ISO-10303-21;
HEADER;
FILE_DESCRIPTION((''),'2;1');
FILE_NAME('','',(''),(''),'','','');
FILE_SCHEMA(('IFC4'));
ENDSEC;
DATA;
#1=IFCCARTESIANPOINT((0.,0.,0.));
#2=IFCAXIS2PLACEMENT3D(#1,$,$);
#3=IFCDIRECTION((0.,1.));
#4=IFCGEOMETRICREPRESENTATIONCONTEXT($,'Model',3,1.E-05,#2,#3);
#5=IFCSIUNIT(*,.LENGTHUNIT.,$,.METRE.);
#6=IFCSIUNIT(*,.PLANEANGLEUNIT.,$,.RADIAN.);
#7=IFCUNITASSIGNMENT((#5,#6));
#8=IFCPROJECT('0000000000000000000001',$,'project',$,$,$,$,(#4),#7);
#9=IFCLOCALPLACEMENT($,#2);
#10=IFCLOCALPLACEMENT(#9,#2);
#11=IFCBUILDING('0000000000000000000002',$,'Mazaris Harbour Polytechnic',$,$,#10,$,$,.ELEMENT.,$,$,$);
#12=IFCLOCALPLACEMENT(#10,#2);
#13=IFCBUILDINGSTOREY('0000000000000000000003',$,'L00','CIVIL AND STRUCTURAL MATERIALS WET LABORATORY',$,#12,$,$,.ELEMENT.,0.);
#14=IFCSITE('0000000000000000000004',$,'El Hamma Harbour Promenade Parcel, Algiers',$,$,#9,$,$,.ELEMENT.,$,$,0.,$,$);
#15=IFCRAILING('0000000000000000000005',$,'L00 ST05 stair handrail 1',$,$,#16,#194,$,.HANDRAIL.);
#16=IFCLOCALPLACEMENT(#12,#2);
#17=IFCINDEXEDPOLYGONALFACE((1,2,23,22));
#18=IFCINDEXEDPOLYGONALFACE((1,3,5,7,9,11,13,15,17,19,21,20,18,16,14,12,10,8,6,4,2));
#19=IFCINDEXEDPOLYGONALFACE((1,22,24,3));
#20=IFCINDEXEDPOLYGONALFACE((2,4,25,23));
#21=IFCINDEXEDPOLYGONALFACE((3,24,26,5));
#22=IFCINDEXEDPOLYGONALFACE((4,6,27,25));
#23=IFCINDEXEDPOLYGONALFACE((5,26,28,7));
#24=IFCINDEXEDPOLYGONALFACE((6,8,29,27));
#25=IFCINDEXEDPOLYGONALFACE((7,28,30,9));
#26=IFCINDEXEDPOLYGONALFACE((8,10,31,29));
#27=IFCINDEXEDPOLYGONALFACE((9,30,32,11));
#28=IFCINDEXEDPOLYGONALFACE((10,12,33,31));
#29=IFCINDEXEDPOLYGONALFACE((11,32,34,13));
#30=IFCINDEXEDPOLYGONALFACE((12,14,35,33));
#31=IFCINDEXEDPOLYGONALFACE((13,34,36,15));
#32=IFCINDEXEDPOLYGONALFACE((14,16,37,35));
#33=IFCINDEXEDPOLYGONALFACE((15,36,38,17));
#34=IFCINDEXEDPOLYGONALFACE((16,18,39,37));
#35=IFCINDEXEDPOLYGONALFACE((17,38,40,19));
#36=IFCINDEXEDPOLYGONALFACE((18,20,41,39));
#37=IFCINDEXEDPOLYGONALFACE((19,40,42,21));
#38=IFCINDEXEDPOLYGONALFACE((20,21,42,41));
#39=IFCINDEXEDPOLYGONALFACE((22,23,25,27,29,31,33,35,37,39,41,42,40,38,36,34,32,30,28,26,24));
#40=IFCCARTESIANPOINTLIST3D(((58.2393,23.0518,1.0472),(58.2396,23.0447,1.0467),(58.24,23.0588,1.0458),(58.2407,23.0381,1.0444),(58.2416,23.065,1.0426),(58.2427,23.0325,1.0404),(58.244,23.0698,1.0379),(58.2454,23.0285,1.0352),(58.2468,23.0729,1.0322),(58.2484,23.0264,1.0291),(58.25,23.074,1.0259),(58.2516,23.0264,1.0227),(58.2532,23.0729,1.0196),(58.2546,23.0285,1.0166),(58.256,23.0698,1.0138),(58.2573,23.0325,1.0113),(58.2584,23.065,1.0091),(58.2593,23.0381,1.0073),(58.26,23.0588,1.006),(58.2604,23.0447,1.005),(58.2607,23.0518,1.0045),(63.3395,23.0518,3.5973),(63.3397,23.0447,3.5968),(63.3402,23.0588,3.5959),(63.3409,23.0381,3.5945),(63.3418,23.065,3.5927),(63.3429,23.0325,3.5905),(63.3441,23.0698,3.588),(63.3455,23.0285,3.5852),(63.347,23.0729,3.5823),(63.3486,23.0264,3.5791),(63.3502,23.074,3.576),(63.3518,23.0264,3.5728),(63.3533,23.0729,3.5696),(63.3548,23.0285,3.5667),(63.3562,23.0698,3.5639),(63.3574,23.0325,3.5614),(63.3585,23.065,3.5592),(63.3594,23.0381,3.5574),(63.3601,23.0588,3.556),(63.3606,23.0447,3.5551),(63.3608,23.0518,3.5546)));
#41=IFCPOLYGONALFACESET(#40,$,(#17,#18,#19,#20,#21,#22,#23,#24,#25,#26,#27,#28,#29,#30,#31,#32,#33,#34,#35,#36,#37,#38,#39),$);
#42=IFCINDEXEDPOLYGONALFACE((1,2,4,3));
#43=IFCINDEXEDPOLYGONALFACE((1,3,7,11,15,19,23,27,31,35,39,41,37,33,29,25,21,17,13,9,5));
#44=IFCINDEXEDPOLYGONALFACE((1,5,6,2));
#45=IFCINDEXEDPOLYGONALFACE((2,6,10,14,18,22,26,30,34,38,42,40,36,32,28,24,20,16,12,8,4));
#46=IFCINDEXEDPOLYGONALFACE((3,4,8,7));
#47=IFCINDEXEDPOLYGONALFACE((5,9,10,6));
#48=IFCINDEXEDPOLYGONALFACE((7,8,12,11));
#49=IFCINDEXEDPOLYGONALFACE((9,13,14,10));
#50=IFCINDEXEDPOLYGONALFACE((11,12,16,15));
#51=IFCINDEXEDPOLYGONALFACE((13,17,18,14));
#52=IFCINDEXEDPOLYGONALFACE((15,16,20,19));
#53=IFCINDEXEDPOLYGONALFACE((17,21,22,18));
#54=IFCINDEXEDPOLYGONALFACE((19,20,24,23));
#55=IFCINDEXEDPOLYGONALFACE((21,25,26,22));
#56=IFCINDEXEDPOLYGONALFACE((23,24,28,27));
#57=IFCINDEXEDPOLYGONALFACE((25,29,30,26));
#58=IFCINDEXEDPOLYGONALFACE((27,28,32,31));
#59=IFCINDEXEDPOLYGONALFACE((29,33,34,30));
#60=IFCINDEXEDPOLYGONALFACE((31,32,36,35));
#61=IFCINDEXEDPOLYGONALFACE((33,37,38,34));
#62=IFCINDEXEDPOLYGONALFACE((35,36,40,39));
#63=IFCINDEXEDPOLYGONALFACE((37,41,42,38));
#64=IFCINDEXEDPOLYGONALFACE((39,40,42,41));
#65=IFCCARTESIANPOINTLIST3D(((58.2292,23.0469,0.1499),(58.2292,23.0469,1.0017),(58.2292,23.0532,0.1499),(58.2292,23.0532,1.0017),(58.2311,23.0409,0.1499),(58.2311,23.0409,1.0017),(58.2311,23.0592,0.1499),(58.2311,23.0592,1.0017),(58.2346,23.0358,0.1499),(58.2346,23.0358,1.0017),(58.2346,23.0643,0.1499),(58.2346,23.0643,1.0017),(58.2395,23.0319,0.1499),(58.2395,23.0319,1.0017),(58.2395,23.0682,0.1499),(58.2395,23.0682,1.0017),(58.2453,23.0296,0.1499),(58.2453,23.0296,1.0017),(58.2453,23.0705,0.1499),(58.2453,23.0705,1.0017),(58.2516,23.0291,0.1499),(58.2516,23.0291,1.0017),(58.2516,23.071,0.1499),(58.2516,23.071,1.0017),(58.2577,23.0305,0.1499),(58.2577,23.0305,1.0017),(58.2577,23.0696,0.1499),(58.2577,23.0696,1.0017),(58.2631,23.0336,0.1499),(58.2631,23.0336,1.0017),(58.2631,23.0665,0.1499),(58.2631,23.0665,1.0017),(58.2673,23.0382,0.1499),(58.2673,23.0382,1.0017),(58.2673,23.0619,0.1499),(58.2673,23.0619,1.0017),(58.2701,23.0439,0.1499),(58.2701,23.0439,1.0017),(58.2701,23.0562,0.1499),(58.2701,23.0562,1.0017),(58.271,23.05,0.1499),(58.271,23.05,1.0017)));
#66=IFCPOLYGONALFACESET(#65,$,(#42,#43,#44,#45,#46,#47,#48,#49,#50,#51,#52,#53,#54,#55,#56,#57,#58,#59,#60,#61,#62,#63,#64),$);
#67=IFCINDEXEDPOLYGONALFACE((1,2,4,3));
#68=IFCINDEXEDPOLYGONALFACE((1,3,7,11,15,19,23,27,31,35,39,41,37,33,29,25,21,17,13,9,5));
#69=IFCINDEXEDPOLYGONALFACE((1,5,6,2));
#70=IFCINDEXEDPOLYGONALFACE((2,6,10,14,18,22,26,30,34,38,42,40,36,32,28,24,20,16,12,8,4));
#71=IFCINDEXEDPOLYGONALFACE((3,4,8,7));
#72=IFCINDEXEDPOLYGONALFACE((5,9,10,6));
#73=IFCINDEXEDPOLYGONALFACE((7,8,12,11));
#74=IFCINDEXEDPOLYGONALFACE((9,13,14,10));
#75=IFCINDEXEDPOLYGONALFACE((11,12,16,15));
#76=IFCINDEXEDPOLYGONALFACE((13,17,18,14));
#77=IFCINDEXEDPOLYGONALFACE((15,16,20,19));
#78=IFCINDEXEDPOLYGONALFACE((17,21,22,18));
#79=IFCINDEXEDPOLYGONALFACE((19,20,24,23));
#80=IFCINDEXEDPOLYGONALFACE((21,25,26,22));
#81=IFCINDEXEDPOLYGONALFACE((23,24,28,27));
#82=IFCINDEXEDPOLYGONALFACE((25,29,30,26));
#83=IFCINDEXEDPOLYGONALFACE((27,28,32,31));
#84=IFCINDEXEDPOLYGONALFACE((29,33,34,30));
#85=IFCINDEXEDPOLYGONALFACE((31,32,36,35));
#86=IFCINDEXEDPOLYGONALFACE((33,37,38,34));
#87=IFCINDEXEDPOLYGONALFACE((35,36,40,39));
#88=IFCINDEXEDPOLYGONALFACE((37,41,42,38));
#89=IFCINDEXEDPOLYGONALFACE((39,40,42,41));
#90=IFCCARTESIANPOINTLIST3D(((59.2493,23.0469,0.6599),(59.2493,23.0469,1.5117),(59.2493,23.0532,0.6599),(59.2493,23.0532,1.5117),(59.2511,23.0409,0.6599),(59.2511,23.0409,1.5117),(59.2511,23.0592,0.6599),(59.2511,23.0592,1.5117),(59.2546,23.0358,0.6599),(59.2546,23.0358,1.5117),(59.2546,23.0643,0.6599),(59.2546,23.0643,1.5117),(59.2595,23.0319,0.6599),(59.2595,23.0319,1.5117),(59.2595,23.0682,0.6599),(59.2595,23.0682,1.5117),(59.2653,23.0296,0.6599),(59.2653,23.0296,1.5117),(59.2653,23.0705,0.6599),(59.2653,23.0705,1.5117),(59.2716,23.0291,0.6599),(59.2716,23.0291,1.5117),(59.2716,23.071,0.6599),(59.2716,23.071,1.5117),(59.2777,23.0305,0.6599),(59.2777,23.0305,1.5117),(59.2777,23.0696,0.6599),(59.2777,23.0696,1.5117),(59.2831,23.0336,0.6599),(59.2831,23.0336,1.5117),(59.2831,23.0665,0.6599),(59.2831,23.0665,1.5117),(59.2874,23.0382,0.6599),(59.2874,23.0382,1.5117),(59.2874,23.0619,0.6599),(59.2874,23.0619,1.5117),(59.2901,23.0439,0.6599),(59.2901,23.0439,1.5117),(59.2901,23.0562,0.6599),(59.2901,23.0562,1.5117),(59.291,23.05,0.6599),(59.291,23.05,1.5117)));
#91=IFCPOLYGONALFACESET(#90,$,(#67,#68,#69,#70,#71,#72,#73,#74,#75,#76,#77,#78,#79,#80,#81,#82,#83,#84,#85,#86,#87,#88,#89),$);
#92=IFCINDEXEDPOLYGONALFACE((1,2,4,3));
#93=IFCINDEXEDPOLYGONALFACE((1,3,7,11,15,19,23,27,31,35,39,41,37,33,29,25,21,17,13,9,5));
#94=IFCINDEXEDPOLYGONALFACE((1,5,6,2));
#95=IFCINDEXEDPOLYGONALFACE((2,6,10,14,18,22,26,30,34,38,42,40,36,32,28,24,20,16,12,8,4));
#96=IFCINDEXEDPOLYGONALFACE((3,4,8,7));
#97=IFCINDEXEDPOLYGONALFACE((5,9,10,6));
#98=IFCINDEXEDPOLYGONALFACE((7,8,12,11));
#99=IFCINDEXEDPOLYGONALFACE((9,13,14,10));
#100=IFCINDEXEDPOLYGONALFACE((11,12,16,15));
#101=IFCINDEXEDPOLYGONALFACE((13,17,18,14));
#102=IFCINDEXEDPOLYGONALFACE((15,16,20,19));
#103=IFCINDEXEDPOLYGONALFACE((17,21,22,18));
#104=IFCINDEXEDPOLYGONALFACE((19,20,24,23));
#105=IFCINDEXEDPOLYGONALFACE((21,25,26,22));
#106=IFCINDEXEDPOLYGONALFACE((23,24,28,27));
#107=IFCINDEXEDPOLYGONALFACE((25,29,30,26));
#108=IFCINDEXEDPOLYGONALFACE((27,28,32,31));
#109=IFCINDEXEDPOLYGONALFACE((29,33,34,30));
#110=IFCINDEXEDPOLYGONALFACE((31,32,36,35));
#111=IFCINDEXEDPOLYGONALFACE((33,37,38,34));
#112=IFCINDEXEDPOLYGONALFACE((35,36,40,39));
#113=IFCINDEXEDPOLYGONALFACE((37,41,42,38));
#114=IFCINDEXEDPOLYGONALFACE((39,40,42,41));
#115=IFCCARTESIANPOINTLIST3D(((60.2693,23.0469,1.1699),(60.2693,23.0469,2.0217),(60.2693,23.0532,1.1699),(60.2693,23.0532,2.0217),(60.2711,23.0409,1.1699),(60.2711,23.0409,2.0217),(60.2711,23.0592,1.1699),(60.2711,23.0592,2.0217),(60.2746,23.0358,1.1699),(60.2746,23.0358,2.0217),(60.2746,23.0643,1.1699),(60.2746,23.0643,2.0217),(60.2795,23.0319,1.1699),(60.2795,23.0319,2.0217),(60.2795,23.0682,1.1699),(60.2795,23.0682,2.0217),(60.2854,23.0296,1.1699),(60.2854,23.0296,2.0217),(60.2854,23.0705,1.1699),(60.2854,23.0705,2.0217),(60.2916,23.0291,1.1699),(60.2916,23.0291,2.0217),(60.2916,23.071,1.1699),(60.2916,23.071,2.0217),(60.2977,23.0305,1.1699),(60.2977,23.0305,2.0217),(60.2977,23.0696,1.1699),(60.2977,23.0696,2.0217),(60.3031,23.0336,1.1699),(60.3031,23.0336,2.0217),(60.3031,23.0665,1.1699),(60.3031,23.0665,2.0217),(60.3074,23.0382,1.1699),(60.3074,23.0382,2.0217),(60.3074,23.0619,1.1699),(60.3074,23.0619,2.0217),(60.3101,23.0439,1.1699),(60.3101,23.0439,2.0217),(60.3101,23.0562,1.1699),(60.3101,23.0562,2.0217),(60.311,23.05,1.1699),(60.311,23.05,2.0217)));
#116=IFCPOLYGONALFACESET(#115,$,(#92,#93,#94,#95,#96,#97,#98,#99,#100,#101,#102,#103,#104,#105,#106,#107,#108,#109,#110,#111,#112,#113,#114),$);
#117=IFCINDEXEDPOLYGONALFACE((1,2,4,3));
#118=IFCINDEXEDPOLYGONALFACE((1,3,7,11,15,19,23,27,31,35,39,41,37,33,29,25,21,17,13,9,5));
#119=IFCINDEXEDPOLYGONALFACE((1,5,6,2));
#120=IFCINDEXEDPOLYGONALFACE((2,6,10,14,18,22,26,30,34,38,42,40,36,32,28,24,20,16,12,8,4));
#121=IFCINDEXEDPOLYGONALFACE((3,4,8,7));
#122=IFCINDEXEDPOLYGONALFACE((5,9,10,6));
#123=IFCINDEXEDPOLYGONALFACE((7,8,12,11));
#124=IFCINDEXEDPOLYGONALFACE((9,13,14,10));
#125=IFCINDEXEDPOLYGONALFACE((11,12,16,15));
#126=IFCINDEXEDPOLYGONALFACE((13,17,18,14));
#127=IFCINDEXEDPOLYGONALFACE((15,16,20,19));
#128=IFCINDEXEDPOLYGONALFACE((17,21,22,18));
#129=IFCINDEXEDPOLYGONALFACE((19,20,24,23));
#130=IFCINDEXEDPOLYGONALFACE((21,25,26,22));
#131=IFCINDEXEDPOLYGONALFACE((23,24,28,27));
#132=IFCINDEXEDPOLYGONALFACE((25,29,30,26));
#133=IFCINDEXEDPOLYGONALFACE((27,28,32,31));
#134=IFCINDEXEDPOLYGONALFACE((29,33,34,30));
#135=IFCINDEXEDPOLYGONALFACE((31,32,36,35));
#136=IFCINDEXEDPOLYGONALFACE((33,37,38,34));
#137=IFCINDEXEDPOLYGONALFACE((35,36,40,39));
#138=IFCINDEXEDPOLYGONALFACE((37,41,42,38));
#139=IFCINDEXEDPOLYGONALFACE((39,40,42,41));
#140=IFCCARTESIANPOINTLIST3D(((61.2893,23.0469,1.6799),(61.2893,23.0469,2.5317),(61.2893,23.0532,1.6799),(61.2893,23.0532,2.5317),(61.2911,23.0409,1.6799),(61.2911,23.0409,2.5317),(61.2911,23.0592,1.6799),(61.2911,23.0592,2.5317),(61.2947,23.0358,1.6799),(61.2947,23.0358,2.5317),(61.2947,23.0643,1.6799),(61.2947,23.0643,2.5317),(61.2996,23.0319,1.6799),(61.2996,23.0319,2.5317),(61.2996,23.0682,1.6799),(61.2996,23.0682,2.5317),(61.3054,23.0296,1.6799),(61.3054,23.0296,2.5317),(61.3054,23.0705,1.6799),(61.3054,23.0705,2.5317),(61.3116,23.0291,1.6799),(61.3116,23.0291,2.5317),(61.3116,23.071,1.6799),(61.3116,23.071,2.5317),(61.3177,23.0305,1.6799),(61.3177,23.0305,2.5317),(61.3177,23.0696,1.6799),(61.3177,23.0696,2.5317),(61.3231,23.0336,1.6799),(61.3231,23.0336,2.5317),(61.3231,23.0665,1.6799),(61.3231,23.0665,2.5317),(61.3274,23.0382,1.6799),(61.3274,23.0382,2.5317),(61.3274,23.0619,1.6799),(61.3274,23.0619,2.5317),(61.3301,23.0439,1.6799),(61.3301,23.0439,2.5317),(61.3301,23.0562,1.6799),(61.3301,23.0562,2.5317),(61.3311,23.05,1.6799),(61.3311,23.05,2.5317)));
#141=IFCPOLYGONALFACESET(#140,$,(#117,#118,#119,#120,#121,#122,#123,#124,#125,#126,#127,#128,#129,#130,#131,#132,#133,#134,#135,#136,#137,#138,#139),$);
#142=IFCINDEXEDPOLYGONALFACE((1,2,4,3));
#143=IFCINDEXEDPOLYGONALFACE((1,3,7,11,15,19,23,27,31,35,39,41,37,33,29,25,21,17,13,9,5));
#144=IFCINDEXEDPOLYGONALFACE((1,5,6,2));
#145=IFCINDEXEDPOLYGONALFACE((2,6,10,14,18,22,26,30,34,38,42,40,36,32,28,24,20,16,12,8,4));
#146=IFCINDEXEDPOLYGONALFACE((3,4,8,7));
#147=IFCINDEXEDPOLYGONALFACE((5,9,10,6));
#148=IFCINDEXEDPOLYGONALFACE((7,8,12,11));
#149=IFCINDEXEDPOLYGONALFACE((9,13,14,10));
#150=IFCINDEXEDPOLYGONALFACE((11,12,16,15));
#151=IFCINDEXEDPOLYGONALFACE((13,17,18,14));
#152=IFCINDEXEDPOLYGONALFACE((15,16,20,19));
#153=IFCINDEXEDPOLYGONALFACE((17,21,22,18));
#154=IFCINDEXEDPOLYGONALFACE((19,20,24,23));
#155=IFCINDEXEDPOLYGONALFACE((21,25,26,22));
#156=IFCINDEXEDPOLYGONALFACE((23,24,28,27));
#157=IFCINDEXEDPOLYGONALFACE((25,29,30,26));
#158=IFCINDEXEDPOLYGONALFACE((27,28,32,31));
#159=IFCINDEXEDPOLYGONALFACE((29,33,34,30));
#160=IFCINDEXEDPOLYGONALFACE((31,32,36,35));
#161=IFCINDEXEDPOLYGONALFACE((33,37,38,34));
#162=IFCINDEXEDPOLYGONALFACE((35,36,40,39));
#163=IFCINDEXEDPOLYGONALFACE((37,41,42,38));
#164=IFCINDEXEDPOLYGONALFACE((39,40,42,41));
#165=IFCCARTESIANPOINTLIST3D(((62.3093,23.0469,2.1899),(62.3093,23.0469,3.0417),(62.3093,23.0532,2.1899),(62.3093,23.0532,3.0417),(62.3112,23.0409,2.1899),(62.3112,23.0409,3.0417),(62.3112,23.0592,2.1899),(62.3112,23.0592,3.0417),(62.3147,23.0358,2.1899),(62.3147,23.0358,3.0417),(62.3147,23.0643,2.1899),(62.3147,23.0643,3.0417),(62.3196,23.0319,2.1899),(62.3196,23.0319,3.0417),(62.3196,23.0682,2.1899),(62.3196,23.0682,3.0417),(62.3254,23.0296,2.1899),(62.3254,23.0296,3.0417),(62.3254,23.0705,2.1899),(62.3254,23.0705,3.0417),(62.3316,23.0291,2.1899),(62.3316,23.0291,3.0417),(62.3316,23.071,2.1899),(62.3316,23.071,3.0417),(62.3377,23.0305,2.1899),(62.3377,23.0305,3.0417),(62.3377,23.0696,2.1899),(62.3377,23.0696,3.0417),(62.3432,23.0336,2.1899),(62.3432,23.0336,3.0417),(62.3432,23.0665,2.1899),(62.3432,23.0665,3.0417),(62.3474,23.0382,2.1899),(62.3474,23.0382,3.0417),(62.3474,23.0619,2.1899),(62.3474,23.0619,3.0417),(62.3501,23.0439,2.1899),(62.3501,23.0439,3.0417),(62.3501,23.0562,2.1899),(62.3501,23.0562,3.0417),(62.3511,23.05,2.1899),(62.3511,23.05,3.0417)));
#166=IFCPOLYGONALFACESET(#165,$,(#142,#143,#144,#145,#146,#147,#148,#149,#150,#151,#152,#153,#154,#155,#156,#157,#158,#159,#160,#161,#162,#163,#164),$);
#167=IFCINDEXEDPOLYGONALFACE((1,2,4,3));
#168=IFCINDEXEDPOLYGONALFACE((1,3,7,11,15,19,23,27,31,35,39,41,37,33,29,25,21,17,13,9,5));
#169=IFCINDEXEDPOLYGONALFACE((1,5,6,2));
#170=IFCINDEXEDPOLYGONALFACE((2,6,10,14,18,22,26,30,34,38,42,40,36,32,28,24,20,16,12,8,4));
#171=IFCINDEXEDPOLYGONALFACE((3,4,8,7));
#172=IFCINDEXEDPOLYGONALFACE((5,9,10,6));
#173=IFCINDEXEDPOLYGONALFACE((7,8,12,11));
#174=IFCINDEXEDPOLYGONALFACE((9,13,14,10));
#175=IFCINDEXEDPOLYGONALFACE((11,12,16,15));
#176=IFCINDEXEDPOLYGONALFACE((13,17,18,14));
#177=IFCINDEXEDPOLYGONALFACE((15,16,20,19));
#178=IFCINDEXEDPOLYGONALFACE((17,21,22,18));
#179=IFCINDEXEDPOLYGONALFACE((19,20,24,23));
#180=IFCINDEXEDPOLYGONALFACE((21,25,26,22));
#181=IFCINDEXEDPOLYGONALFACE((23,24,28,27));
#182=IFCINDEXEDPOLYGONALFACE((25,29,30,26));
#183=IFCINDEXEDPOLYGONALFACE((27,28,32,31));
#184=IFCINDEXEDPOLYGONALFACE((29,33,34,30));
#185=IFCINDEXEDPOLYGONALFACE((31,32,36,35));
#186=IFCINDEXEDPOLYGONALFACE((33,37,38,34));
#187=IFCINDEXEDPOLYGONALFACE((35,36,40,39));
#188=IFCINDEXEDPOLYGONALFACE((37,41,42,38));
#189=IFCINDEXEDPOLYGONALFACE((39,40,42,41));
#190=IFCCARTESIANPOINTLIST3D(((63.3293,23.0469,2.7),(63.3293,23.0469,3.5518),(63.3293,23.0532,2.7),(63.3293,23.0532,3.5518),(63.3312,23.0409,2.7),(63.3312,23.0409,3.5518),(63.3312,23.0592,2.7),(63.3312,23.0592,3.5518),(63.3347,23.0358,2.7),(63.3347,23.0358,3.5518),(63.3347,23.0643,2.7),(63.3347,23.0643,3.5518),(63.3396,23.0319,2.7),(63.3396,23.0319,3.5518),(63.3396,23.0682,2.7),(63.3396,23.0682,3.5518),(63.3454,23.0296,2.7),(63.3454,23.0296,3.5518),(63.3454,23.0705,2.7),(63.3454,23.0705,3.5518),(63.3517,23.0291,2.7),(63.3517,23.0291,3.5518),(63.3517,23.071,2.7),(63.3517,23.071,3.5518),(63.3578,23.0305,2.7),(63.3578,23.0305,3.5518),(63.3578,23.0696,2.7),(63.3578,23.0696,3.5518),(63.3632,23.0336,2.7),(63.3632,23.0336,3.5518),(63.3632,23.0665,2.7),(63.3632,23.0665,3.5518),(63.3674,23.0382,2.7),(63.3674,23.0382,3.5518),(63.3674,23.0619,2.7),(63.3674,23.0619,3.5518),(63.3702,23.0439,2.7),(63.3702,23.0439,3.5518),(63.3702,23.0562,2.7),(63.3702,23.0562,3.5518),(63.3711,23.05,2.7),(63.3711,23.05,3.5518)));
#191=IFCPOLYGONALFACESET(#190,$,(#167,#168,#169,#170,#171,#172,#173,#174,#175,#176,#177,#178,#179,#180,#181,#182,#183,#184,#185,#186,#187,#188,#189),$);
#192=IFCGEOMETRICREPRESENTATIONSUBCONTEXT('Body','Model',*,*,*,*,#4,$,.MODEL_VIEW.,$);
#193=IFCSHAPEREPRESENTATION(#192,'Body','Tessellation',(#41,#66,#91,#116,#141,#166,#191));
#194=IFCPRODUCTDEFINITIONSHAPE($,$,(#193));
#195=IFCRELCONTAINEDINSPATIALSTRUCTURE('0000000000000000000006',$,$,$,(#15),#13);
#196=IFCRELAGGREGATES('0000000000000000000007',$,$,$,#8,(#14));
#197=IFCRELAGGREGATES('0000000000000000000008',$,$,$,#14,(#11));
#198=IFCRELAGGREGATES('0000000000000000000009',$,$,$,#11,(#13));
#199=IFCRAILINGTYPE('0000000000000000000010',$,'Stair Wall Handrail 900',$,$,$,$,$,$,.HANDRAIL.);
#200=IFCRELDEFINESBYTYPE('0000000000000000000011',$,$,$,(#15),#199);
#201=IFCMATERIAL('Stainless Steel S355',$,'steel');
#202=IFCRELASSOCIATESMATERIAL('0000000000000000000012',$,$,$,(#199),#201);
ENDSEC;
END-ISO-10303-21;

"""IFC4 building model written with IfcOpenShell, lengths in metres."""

from ifc_helpers import new_model, si_unit, direction, frame, origin, origin_2d, place, context, subcontext, project, spatial, circle, extrude, material, type_object, element, save


model = new_model("IFC4")

# Units and contexts
model_context = context("Model", 3, precision=1e-05, world=origin(), true_north=direction((0.0, 1.0)))
body_context = subcontext(model_context, "Body", "Model", "MODEL_VIEW")
ifc_project = project(units=[si_unit("LENGTHUNIT", "METRE"), si_unit("PLANEANGLEUNIT", "RADIAN")], contexts=[model_context])

# Site, building, storey
site_placement = place(None, origin())
site = spatial("IfcSite", under=ifc_project, at=site_placement, Name="El Hamma Harbour Promenade Parcel, Algiers", CompositionType="ELEMENT", RefElevation=0.0)
building_placement = place(site_placement, origin())
building = spatial("IfcBuilding", under=site, at=building_placement, Name="Mazaris Harbour Polytechnic", CompositionType="ELEMENT")
storey_placement = place(building_placement, origin())
storey = spatial("IfcBuildingStorey", under=building, at=storey_placement, Name="L00", Description="CIVIL AND STRUCTURAL MATERIALS WET LABORATORY", CompositionType="ELEMENT", Elevation=0.0)

# Railing
ifc_material_1 = material(Name="Stainless Steel S355", Category="steel")
railing_type_1 = type_object("IfcRailingType", Name="Stair Wall Handrail 900", PredefinedType="HANDRAIL", material=ifc_material_1)
railing_1_placement = place(storey_placement, frame((58.25, 23.05, 0.1499)))
element("IfcRailing", 1, at=railing_1_placement, inside=storey, type_object=railing_type_1, Name="L00 ST05 stair handrail 1", PredefinedType="HANDRAIL", context=body_context, shape_type="SweptSolid", body=[
    extrude(circle(Radius=0.0239, at=origin_2d()), frame((0.0, 0.0, 0.876), z_axis=(0.894427, 0.0, 0.447214), x_axis=(0.0, 1.0, 0.0)), (0.0, 0.0, 1.0), 5.7021),
    extrude(circle(Radius=0.021, at=origin_2d()), origin(), (0.0, 0.0, 1.0), 0.8518),
    extrude(circle(Radius=0.021, at=origin_2d()), frame((1.02, 0.0, 0.51)), (0.0, 0.0, 1.0), 0.8518),
    extrude(circle(Radius=0.021, at=origin_2d()), frame((2.04, 0.0, 1.02)), (0.0, 0.0, 1.0), 0.8518),
    extrude(circle(Radius=0.021, at=origin_2d()), frame((3.0601, 0.0, 1.53)), (0.0, 0.0, 1.0), 0.8518),
    extrude(circle(Radius=0.021, at=origin_2d()), frame((4.0801, 0.0, 2.04)), (0.0, 0.0, 1.0), 0.8518),
    extrude(circle(Radius=0.021, at=origin_2d()), frame((5.1001, 0.0, 2.55)), (0.0, 0.0, 1.0), 0.8518),
])

save(model, "model.ifc")
